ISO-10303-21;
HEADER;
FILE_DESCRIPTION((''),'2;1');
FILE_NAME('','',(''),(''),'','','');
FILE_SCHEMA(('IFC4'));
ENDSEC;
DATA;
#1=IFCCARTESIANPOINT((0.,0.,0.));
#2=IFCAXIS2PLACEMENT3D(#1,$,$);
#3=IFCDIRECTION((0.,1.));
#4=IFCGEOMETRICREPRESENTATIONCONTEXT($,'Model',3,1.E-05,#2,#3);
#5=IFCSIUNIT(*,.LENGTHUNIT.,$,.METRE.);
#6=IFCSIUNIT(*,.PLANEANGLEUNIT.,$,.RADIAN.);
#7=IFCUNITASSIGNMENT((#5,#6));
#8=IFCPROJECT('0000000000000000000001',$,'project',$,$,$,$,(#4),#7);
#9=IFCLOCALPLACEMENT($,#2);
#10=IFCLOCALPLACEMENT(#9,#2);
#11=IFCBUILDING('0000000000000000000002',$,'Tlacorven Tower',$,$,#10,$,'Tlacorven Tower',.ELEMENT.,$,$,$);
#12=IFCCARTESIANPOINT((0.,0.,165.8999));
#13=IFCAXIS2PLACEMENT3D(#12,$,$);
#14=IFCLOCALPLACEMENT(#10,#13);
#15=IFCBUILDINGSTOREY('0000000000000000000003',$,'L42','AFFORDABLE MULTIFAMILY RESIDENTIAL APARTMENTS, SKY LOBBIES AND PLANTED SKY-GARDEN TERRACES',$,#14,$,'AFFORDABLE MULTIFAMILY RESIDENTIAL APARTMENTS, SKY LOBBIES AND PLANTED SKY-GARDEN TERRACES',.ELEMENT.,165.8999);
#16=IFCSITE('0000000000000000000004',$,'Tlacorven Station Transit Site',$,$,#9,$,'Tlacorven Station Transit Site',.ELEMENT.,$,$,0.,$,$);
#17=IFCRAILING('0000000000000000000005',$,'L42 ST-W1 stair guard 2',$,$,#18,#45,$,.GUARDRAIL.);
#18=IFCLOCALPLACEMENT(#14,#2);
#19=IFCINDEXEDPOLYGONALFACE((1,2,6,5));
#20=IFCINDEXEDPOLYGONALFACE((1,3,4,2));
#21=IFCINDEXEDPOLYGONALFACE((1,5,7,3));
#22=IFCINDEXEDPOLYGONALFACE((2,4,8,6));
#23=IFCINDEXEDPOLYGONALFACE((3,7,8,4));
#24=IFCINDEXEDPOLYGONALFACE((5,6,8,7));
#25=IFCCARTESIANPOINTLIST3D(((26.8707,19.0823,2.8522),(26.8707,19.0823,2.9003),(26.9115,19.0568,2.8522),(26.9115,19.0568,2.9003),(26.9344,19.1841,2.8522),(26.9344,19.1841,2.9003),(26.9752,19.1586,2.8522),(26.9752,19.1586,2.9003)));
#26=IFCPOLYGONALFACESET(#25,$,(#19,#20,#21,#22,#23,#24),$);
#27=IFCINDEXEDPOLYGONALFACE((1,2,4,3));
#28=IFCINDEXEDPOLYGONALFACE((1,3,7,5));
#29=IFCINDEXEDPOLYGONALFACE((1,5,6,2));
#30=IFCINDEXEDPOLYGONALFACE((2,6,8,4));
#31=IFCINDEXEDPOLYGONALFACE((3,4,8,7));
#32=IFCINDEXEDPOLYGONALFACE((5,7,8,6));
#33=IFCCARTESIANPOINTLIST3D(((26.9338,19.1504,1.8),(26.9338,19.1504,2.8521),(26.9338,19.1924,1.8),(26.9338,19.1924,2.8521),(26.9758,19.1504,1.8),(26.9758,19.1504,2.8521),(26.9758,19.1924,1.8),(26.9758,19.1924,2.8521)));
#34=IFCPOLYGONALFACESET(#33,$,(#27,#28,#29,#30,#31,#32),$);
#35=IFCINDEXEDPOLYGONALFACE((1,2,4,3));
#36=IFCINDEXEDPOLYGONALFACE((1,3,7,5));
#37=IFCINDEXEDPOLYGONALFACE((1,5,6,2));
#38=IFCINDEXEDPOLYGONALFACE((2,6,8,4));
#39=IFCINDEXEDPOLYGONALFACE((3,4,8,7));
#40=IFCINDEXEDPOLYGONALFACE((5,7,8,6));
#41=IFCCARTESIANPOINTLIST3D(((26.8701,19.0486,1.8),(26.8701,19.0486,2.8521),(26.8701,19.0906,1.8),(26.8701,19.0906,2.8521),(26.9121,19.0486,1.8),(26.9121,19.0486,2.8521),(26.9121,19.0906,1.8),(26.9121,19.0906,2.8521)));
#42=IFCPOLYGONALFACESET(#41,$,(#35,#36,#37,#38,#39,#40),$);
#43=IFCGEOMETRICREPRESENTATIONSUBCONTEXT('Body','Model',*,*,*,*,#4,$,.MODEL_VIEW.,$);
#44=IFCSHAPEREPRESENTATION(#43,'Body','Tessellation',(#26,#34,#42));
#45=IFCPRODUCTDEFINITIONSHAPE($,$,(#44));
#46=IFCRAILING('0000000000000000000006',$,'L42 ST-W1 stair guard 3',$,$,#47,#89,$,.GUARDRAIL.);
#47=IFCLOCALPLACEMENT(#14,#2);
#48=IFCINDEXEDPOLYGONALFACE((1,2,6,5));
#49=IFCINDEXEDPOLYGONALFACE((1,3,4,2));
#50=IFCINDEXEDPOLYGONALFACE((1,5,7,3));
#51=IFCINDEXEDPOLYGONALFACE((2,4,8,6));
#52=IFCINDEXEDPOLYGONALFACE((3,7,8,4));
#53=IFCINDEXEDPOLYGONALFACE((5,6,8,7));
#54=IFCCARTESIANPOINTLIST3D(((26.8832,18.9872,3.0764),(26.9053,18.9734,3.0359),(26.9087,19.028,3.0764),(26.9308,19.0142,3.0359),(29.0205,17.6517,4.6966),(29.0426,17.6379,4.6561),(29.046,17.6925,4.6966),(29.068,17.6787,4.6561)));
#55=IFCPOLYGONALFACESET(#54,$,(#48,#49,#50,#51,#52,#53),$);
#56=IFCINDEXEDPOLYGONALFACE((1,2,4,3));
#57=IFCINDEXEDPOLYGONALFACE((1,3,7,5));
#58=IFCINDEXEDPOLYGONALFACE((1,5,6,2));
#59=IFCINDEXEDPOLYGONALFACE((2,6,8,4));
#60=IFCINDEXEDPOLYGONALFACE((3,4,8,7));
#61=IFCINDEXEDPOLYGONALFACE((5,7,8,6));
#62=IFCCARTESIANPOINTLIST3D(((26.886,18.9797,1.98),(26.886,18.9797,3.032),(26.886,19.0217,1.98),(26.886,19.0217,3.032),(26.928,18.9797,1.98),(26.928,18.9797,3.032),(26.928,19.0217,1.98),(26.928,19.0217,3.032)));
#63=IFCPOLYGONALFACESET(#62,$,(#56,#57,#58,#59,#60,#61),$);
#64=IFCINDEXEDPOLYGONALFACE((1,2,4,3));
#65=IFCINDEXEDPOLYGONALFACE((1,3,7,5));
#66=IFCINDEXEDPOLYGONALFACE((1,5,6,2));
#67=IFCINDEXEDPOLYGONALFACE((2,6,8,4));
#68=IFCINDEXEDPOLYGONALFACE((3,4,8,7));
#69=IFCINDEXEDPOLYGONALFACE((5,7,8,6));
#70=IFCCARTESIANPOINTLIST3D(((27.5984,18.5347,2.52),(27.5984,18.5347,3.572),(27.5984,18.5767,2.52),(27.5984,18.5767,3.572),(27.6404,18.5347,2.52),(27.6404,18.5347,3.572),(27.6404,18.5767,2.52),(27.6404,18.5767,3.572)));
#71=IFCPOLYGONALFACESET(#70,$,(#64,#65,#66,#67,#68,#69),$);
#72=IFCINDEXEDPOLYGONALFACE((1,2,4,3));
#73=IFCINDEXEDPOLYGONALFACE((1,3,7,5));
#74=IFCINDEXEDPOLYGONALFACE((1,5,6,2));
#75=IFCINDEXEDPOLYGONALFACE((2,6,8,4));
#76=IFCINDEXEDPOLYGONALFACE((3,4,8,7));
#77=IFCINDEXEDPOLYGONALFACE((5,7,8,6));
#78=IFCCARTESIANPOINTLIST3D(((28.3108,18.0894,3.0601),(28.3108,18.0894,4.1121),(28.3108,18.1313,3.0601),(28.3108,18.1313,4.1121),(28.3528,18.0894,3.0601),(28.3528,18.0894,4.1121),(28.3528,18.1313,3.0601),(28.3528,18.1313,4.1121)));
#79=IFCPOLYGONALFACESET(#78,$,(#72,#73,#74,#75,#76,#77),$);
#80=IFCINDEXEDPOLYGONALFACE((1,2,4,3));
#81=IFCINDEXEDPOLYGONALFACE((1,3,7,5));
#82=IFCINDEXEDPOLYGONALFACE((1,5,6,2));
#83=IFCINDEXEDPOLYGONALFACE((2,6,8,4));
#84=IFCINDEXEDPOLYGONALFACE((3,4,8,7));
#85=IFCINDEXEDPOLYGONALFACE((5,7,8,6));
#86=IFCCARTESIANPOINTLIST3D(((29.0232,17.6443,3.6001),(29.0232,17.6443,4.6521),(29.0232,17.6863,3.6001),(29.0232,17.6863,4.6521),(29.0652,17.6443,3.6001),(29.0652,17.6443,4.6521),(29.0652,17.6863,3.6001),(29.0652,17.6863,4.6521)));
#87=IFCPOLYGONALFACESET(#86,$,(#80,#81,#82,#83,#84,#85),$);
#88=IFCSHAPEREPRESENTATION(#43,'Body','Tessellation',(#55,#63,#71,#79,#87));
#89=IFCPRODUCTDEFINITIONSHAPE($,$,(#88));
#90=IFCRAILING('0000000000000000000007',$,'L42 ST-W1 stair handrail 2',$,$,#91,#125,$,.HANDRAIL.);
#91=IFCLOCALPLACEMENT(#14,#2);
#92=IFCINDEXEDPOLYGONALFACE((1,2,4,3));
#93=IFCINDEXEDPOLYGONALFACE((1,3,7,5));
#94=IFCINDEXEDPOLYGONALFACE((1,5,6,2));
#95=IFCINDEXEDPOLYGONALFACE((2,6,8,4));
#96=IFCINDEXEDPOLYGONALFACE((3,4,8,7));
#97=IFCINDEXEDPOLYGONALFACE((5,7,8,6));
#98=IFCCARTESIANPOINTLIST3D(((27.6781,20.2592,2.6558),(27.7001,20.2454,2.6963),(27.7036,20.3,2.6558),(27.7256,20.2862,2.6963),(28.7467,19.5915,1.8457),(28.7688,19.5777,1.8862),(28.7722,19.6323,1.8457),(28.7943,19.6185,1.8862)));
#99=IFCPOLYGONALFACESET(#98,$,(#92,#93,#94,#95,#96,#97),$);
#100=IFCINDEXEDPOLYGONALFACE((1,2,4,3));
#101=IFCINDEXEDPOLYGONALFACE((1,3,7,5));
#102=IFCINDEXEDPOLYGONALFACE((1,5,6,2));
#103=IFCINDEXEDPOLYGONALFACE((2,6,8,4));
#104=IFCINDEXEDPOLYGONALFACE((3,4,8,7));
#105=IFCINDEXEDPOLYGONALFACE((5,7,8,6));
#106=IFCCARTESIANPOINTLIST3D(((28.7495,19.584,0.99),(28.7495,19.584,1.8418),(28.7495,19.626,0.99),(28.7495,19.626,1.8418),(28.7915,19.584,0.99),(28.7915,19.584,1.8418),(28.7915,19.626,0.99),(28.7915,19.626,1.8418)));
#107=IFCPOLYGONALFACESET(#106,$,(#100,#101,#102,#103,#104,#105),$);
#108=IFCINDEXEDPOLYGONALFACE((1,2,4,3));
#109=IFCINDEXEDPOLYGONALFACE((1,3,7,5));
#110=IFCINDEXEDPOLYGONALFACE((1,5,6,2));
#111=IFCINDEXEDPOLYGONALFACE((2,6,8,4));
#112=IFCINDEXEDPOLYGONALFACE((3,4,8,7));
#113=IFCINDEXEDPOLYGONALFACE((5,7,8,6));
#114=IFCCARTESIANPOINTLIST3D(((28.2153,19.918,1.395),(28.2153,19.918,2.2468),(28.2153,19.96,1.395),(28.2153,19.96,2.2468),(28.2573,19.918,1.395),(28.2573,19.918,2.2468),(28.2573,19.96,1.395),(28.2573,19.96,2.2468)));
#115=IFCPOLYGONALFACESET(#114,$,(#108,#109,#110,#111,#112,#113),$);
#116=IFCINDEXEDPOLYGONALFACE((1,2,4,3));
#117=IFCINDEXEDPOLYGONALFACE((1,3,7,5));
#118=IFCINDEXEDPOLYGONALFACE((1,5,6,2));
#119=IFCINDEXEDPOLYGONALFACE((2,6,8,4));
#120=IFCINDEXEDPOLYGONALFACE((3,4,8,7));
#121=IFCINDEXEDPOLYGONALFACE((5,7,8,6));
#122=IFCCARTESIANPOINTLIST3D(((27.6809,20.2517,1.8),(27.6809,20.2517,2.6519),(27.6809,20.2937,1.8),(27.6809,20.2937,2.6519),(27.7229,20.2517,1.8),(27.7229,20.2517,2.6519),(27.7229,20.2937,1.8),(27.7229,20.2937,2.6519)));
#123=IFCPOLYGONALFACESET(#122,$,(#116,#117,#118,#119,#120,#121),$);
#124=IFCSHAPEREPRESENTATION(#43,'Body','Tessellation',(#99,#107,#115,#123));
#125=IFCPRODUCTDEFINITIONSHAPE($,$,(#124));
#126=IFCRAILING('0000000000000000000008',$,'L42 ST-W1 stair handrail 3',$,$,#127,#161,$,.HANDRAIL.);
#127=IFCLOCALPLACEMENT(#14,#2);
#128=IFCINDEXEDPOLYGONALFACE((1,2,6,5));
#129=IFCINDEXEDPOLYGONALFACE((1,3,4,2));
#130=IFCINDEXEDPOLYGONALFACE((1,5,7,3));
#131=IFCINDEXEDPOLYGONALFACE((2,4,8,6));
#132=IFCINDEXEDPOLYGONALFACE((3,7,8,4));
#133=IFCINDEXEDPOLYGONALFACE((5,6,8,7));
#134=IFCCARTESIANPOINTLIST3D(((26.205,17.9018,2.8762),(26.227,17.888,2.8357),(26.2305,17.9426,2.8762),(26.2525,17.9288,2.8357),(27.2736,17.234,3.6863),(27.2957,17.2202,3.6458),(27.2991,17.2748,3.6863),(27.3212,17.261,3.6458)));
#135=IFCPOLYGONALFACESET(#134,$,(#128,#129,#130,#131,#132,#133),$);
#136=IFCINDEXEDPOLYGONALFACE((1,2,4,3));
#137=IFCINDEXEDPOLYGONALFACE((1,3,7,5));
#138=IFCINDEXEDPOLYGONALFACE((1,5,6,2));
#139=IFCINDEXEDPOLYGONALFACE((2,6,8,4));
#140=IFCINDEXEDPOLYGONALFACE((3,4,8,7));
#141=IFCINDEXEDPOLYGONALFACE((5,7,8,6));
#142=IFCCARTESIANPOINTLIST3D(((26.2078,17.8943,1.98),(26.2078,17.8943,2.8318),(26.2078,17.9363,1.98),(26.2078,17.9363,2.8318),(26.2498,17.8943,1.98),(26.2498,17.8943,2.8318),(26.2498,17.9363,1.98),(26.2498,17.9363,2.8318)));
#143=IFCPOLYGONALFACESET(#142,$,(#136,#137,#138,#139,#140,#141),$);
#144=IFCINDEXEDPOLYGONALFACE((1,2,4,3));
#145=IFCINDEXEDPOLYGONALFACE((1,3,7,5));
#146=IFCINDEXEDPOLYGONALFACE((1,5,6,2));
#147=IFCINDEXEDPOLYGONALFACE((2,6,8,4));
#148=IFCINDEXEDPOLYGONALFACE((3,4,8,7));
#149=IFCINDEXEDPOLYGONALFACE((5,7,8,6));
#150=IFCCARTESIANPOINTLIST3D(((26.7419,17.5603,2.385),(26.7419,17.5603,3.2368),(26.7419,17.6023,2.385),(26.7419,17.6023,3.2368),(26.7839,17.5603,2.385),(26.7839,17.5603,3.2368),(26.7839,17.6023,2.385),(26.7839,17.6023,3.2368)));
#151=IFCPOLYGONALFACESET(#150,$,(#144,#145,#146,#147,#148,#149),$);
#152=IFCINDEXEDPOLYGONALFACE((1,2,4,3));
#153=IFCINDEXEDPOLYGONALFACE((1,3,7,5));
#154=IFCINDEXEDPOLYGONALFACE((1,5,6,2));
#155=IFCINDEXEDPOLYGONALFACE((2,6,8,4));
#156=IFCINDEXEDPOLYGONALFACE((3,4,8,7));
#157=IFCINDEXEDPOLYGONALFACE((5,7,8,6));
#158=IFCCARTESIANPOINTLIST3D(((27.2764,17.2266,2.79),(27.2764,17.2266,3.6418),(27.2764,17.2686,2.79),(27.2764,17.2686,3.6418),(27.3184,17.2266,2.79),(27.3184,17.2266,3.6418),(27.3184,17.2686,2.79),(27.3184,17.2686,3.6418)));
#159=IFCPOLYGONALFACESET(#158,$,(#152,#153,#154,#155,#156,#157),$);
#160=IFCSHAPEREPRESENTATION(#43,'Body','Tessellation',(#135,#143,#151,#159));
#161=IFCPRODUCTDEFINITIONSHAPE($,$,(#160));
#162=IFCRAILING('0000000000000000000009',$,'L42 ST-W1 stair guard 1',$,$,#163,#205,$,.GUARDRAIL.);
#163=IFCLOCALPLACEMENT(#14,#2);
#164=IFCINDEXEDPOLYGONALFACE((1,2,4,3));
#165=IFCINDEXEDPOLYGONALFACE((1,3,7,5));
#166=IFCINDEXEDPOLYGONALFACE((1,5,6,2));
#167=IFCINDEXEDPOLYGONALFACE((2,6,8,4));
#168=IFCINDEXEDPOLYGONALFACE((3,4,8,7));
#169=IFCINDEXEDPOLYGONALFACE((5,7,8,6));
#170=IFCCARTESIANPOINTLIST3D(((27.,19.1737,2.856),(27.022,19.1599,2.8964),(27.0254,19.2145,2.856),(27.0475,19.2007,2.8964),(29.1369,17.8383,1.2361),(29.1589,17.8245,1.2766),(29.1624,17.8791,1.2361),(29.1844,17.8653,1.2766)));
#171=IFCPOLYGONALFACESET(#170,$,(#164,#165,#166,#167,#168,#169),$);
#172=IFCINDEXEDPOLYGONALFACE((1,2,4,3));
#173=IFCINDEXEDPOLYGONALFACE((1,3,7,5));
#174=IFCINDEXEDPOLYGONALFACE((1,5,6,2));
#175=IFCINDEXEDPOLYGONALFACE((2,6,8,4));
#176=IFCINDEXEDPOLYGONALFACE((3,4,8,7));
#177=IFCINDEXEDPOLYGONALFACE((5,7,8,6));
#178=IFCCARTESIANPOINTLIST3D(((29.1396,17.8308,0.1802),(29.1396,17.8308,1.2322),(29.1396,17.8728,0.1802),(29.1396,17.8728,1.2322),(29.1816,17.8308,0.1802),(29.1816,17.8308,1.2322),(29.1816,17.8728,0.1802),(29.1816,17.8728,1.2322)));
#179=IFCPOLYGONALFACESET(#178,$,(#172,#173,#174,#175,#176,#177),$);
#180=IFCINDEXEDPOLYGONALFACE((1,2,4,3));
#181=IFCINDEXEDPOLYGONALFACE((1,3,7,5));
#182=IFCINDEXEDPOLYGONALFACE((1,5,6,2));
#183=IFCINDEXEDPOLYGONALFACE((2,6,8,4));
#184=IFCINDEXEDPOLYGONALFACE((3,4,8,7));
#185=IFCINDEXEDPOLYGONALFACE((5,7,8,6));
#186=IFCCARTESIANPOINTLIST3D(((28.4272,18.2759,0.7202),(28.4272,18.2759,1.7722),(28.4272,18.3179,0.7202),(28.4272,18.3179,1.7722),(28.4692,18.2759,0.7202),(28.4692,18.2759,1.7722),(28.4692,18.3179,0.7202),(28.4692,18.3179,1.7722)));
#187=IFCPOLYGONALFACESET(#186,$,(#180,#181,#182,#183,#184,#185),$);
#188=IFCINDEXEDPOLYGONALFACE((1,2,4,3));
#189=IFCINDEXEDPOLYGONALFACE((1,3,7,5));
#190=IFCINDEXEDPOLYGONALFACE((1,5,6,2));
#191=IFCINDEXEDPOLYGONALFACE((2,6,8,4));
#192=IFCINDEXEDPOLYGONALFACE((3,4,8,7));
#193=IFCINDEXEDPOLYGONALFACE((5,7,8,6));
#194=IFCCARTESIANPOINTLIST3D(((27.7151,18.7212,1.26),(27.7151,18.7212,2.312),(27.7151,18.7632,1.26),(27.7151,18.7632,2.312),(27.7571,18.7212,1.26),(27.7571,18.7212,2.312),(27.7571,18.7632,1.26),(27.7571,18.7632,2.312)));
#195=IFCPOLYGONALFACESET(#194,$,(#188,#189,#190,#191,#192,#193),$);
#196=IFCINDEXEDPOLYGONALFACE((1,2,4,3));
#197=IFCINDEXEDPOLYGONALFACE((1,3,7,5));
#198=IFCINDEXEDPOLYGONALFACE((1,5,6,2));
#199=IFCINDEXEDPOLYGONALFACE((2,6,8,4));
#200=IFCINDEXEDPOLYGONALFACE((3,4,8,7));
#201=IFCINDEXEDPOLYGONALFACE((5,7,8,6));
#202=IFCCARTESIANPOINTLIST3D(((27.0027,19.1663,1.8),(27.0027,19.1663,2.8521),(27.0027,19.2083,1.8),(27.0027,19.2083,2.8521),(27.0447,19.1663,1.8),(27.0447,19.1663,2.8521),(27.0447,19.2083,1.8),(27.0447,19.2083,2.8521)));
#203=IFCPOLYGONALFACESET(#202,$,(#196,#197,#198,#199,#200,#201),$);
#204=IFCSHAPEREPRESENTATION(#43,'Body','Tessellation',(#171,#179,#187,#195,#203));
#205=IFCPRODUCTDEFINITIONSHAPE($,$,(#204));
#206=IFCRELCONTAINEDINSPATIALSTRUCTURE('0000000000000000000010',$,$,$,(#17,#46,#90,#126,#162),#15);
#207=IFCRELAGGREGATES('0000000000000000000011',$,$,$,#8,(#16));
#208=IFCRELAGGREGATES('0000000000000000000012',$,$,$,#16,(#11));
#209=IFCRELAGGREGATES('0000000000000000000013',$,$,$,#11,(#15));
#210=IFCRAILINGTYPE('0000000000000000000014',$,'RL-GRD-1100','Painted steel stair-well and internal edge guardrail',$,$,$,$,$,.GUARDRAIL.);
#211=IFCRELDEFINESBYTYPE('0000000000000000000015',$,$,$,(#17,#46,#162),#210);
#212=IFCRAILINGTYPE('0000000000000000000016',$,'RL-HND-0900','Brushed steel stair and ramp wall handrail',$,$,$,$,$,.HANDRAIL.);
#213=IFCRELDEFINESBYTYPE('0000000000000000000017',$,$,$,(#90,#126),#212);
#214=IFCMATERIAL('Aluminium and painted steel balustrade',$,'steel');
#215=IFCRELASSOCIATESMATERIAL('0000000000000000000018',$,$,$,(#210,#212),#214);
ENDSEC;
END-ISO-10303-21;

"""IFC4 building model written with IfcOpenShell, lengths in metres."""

from ifc_helpers import new_model, si_unit, direction, frame, origin, origin_2d, place, context, subcontext, project, spatial, rectangle, extrude, source, transform, mapped, material, type_object, element, save


model = new_model("IFC4")

# Units and contexts
model_context = context("Model", 3, precision=1e-05, world=origin(), true_north=direction((0.0, 1.0)))
body_context = subcontext(model_context, "Body", "Model", "MODEL_VIEW")
ifc_project = project(units=[si_unit("LENGTHUNIT", "METRE"), si_unit("PLANEANGLEUNIT", "RADIAN")], contexts=[model_context])

# Site, building, storey
site_placement = place(None, origin())
site = spatial("IfcSite", under=ifc_project, at=site_placement, Name="Tlacorven Station Transit Site", LongName="Tlacorven Station Transit Site", CompositionType="ELEMENT", RefElevation=0.0)
building_placement = place(site_placement, origin())
building = spatial("IfcBuilding", under=site, at=building_placement, Name="Tlacorven Tower", LongName="Tlacorven Tower", CompositionType="ELEMENT")
storey_placement = place(building_placement, frame((0.0, 0.0, 165.8999)))
storey = spatial("IfcBuildingStorey", under=building, at=storey_placement, Name="L42", Description="AFFORDABLE MULTIFAMILY RESIDENTIAL APARTMENTS, SKY LOBBIES AND PLANTED SKY-GARDEN TERRACES", LongName="AFFORDABLE MULTIFAMILY RESIDENTIAL APARTMENTS, SKY LOBBIES AND PLANTED SKY-GARDEN TERRACES", CompositionType="ELEMENT", Elevation=165.8999)

# Railings
ifc_material_1 = material(Name="Aluminium and painted steel balustrade", Category="steel")
railing_type_1 = type_object("IfcRailingType", Name="RL-GRD-1100", Description="Painted steel stair-well and internal edge guardrail", PredefinedType="GUARDRAIL", material=ifc_material_1)
shared_shape_1 = source(origin(), body_context, "Body", "SweptSolid", [
    extrude(rectangle(XDim=0.0481, YDim=0.0481, at=origin_2d()), frame((0.0, 0.0, 1.0762), z_axis=(-0.530547, -0.847656, 0.0), x_axis=(0.847656, -0.530547, 0.0)), (0.0, 0.0, 1.0), 0.1201),
    extrude(rectangle(XDim=0.042, YDim=0.042, at=origin_2d()), origin(), (0.0, 0.0, 1.0), 1.052),
    extrude(rectangle(XDim=0.042, YDim=0.042, at=origin_2d()), frame((-0.0637, -0.1018, 0.0)), (0.0, 0.0, 1.0), 1.052),
])
railing_1_placement = place(storey_placement, frame((26.9548, 19.1714, 1.8)))
element("IfcRailing", 1, at=railing_1_placement, inside=storey, type_object=railing_type_1, Name="L42 ST-W1 stair guard 2", PredefinedType="GUARDRAIL", context=body_context, shape_type="MappedRepresentation", body=[
    mapped(shared_shape_1, transform((0.0, 0.0, 0.0), scale=1.0)),
])
shared_shape_2 = source(origin(), body_context, "Body", "SweptSolid", [
    extrude(rectangle(XDim=0.0481, YDim=0.0481, at=origin_2d()), frame((0.0, 0.0, 1.0762), z_axis=(0.71336, -0.445748, 0.540765), x_axis=(0.529912, 0.848053, 0.0)), (0.0, 0.0, 1.0), 2.9961),
    extrude(rectangle(XDim=0.042, YDim=0.042, at=origin_2d()), origin(), (0.0, 0.0, 1.0), 1.052),
    extrude(rectangle(XDim=0.042, YDim=0.042, at=origin_2d()), frame((0.7124, -0.4451, 0.54)), (0.0, 0.0, 1.0), 1.052),
    extrude(rectangle(XDim=0.042, YDim=0.042, at=origin_2d()), frame((1.4248, -0.8904, 1.0801)), (0.0, 0.0, 1.0), 1.052),
    extrude(rectangle(XDim=0.042, YDim=0.042, at=origin_2d()), frame((2.1372, -1.3354, 1.6201)), (0.0, 0.0, 1.0), 1.052),
])
railing_2_placement = place(storey_placement, frame((26.907, 19.0007, 1.98)))
element("IfcRailing", 2, at=railing_2_placement, inside=storey, type_object=railing_type_1, Name="L42 ST-W1 stair guard 3", PredefinedType="GUARDRAIL", context=body_context, shape_type="MappedRepresentation", body=[
    mapped(shared_shape_2, transform((0.0, 0.0, 0.0), scale=1.0)),
])
railing_type_2 = type_object("IfcRailingType", Name="RL-HND-0900", Description="Brushed steel stair and ramp wall handrail", PredefinedType="HANDRAIL", material=ifc_material_1)
shared_shape_3 = source(origin(), body_context, "Body", "SweptSolid", [
    extrude(rectangle(XDim=0.0481, YDim=0.0481, at=origin_2d()), frame((0.0, 0.0, 0.876), z_axis=(-0.71336, 0.445748, 0.540765), x_axis=(-0.529912, -0.848053, 0.0)), (0.0, 0.0, 1.0), 1.498),
    extrude(rectangle(XDim=0.042, YDim=0.042, at=origin_2d()), origin(), (0.0, 0.0, 1.0), 0.8518),
    extrude(rectangle(XDim=0.042, YDim=0.042, at=origin_2d()), frame((-0.5342, 0.334, 0.405)), (0.0, 0.0, 1.0), 0.8518),
    extrude(rectangle(XDim=0.042, YDim=0.042, at=origin_2d()), frame((-1.0686, 0.6677, 0.8101)), (0.0, 0.0, 1.0), 0.8518),
])
railing_3_placement = place(storey_placement, frame((28.7705, 19.605, 0.99)))
element("IfcRailing", 3, at=railing_3_placement, inside=storey, type_object=railing_type_2, Name="L42 ST-W1 stair handrail 2", PredefinedType="HANDRAIL", context=body_context, shape_type="MappedRepresentation", body=[
    mapped(shared_shape_3, transform((0.0, 0.0, 0.0), scale=1.0)),
])
shared_shape_4 = source(origin(), body_context, "Body", "SweptSolid", [
    extrude(rectangle(XDim=0.0481, YDim=0.0481, at=origin_2d()), frame((0.0, 0.0, 0.876), z_axis=(0.71336, -0.445748, 0.540765), x_axis=(0.529912, 0.848053, 0.0)), (0.0, 0.0, 1.0), 1.498),
    extrude(rectangle(XDim=0.042, YDim=0.042, at=origin_2d()), origin(), (0.0, 0.0, 1.0), 0.8518),
    extrude(rectangle(XDim=0.042, YDim=0.042, at=origin_2d()), frame((0.5342, -0.334, 0.405)), (0.0, 0.0, 1.0), 0.8518),
    extrude(rectangle(XDim=0.042, YDim=0.042, at=origin_2d()), frame((1.0686, -0.6677, 0.8101)), (0.0, 0.0, 1.0), 0.8518),
])
railing_4_placement = place(storey_placement, frame((26.2288, 17.9153, 1.98)))
element("IfcRailing", 4, at=railing_4_placement, inside=storey, type_object=railing_type_2, Name="L42 ST-W1 stair handrail 3", PredefinedType="HANDRAIL", context=body_context, shape_type="MappedRepresentation", body=[
    mapped(shared_shape_4, transform((0.0, 0.0, 0.0), scale=1.0)),
])
shared_shape_5 = source(origin(), body_context, "Body", "SweptSolid", [
    extrude(rectangle(XDim=0.0481, YDim=0.0481, at=origin_2d()), frame((0.0, 0.0, 1.0762), z_axis=(-0.713351, 0.445794, 0.540739), x_axis=(-0.529955, -0.848026, 0.0)), (0.0, 0.0, 1.0), 2.9956),
    extrude(rectangle(XDim=0.042, YDim=0.042, at=origin_2d()), origin(), (0.0, 0.0, 1.0), 1.052),
    extrude(rectangle(XDim=0.042, YDim=0.042, at=origin_2d()), frame((-0.7124, 0.4451, 0.54)), (0.0, 0.0, 1.0), 1.052),
    extrude(rectangle(XDim=0.042, YDim=0.042, at=origin_2d()), frame((-1.4246, 0.8904, 1.0798)), (0.0, 0.0, 1.0), 1.052),
    extrude(rectangle(XDim=0.042, YDim=0.042, at=origin_2d()), frame((-2.137, 1.3354, 1.6199)), (0.0, 0.0, 1.0), 1.052),
])
railing_5_placement = place(storey_placement, frame((29.1606, 17.8518, 0.1802)))
element("IfcRailing", 5, at=railing_5_placement, inside=storey, type_object=railing_type_1, Name="L42 ST-W1 stair guard 1", PredefinedType="GUARDRAIL", context=body_context, shape_type="MappedRepresentation", body=[
    mapped(shared_shape_5, transform((0.0, 0.0, 0.0), scale=1.0)),
])

save(model, "model.ifc")
